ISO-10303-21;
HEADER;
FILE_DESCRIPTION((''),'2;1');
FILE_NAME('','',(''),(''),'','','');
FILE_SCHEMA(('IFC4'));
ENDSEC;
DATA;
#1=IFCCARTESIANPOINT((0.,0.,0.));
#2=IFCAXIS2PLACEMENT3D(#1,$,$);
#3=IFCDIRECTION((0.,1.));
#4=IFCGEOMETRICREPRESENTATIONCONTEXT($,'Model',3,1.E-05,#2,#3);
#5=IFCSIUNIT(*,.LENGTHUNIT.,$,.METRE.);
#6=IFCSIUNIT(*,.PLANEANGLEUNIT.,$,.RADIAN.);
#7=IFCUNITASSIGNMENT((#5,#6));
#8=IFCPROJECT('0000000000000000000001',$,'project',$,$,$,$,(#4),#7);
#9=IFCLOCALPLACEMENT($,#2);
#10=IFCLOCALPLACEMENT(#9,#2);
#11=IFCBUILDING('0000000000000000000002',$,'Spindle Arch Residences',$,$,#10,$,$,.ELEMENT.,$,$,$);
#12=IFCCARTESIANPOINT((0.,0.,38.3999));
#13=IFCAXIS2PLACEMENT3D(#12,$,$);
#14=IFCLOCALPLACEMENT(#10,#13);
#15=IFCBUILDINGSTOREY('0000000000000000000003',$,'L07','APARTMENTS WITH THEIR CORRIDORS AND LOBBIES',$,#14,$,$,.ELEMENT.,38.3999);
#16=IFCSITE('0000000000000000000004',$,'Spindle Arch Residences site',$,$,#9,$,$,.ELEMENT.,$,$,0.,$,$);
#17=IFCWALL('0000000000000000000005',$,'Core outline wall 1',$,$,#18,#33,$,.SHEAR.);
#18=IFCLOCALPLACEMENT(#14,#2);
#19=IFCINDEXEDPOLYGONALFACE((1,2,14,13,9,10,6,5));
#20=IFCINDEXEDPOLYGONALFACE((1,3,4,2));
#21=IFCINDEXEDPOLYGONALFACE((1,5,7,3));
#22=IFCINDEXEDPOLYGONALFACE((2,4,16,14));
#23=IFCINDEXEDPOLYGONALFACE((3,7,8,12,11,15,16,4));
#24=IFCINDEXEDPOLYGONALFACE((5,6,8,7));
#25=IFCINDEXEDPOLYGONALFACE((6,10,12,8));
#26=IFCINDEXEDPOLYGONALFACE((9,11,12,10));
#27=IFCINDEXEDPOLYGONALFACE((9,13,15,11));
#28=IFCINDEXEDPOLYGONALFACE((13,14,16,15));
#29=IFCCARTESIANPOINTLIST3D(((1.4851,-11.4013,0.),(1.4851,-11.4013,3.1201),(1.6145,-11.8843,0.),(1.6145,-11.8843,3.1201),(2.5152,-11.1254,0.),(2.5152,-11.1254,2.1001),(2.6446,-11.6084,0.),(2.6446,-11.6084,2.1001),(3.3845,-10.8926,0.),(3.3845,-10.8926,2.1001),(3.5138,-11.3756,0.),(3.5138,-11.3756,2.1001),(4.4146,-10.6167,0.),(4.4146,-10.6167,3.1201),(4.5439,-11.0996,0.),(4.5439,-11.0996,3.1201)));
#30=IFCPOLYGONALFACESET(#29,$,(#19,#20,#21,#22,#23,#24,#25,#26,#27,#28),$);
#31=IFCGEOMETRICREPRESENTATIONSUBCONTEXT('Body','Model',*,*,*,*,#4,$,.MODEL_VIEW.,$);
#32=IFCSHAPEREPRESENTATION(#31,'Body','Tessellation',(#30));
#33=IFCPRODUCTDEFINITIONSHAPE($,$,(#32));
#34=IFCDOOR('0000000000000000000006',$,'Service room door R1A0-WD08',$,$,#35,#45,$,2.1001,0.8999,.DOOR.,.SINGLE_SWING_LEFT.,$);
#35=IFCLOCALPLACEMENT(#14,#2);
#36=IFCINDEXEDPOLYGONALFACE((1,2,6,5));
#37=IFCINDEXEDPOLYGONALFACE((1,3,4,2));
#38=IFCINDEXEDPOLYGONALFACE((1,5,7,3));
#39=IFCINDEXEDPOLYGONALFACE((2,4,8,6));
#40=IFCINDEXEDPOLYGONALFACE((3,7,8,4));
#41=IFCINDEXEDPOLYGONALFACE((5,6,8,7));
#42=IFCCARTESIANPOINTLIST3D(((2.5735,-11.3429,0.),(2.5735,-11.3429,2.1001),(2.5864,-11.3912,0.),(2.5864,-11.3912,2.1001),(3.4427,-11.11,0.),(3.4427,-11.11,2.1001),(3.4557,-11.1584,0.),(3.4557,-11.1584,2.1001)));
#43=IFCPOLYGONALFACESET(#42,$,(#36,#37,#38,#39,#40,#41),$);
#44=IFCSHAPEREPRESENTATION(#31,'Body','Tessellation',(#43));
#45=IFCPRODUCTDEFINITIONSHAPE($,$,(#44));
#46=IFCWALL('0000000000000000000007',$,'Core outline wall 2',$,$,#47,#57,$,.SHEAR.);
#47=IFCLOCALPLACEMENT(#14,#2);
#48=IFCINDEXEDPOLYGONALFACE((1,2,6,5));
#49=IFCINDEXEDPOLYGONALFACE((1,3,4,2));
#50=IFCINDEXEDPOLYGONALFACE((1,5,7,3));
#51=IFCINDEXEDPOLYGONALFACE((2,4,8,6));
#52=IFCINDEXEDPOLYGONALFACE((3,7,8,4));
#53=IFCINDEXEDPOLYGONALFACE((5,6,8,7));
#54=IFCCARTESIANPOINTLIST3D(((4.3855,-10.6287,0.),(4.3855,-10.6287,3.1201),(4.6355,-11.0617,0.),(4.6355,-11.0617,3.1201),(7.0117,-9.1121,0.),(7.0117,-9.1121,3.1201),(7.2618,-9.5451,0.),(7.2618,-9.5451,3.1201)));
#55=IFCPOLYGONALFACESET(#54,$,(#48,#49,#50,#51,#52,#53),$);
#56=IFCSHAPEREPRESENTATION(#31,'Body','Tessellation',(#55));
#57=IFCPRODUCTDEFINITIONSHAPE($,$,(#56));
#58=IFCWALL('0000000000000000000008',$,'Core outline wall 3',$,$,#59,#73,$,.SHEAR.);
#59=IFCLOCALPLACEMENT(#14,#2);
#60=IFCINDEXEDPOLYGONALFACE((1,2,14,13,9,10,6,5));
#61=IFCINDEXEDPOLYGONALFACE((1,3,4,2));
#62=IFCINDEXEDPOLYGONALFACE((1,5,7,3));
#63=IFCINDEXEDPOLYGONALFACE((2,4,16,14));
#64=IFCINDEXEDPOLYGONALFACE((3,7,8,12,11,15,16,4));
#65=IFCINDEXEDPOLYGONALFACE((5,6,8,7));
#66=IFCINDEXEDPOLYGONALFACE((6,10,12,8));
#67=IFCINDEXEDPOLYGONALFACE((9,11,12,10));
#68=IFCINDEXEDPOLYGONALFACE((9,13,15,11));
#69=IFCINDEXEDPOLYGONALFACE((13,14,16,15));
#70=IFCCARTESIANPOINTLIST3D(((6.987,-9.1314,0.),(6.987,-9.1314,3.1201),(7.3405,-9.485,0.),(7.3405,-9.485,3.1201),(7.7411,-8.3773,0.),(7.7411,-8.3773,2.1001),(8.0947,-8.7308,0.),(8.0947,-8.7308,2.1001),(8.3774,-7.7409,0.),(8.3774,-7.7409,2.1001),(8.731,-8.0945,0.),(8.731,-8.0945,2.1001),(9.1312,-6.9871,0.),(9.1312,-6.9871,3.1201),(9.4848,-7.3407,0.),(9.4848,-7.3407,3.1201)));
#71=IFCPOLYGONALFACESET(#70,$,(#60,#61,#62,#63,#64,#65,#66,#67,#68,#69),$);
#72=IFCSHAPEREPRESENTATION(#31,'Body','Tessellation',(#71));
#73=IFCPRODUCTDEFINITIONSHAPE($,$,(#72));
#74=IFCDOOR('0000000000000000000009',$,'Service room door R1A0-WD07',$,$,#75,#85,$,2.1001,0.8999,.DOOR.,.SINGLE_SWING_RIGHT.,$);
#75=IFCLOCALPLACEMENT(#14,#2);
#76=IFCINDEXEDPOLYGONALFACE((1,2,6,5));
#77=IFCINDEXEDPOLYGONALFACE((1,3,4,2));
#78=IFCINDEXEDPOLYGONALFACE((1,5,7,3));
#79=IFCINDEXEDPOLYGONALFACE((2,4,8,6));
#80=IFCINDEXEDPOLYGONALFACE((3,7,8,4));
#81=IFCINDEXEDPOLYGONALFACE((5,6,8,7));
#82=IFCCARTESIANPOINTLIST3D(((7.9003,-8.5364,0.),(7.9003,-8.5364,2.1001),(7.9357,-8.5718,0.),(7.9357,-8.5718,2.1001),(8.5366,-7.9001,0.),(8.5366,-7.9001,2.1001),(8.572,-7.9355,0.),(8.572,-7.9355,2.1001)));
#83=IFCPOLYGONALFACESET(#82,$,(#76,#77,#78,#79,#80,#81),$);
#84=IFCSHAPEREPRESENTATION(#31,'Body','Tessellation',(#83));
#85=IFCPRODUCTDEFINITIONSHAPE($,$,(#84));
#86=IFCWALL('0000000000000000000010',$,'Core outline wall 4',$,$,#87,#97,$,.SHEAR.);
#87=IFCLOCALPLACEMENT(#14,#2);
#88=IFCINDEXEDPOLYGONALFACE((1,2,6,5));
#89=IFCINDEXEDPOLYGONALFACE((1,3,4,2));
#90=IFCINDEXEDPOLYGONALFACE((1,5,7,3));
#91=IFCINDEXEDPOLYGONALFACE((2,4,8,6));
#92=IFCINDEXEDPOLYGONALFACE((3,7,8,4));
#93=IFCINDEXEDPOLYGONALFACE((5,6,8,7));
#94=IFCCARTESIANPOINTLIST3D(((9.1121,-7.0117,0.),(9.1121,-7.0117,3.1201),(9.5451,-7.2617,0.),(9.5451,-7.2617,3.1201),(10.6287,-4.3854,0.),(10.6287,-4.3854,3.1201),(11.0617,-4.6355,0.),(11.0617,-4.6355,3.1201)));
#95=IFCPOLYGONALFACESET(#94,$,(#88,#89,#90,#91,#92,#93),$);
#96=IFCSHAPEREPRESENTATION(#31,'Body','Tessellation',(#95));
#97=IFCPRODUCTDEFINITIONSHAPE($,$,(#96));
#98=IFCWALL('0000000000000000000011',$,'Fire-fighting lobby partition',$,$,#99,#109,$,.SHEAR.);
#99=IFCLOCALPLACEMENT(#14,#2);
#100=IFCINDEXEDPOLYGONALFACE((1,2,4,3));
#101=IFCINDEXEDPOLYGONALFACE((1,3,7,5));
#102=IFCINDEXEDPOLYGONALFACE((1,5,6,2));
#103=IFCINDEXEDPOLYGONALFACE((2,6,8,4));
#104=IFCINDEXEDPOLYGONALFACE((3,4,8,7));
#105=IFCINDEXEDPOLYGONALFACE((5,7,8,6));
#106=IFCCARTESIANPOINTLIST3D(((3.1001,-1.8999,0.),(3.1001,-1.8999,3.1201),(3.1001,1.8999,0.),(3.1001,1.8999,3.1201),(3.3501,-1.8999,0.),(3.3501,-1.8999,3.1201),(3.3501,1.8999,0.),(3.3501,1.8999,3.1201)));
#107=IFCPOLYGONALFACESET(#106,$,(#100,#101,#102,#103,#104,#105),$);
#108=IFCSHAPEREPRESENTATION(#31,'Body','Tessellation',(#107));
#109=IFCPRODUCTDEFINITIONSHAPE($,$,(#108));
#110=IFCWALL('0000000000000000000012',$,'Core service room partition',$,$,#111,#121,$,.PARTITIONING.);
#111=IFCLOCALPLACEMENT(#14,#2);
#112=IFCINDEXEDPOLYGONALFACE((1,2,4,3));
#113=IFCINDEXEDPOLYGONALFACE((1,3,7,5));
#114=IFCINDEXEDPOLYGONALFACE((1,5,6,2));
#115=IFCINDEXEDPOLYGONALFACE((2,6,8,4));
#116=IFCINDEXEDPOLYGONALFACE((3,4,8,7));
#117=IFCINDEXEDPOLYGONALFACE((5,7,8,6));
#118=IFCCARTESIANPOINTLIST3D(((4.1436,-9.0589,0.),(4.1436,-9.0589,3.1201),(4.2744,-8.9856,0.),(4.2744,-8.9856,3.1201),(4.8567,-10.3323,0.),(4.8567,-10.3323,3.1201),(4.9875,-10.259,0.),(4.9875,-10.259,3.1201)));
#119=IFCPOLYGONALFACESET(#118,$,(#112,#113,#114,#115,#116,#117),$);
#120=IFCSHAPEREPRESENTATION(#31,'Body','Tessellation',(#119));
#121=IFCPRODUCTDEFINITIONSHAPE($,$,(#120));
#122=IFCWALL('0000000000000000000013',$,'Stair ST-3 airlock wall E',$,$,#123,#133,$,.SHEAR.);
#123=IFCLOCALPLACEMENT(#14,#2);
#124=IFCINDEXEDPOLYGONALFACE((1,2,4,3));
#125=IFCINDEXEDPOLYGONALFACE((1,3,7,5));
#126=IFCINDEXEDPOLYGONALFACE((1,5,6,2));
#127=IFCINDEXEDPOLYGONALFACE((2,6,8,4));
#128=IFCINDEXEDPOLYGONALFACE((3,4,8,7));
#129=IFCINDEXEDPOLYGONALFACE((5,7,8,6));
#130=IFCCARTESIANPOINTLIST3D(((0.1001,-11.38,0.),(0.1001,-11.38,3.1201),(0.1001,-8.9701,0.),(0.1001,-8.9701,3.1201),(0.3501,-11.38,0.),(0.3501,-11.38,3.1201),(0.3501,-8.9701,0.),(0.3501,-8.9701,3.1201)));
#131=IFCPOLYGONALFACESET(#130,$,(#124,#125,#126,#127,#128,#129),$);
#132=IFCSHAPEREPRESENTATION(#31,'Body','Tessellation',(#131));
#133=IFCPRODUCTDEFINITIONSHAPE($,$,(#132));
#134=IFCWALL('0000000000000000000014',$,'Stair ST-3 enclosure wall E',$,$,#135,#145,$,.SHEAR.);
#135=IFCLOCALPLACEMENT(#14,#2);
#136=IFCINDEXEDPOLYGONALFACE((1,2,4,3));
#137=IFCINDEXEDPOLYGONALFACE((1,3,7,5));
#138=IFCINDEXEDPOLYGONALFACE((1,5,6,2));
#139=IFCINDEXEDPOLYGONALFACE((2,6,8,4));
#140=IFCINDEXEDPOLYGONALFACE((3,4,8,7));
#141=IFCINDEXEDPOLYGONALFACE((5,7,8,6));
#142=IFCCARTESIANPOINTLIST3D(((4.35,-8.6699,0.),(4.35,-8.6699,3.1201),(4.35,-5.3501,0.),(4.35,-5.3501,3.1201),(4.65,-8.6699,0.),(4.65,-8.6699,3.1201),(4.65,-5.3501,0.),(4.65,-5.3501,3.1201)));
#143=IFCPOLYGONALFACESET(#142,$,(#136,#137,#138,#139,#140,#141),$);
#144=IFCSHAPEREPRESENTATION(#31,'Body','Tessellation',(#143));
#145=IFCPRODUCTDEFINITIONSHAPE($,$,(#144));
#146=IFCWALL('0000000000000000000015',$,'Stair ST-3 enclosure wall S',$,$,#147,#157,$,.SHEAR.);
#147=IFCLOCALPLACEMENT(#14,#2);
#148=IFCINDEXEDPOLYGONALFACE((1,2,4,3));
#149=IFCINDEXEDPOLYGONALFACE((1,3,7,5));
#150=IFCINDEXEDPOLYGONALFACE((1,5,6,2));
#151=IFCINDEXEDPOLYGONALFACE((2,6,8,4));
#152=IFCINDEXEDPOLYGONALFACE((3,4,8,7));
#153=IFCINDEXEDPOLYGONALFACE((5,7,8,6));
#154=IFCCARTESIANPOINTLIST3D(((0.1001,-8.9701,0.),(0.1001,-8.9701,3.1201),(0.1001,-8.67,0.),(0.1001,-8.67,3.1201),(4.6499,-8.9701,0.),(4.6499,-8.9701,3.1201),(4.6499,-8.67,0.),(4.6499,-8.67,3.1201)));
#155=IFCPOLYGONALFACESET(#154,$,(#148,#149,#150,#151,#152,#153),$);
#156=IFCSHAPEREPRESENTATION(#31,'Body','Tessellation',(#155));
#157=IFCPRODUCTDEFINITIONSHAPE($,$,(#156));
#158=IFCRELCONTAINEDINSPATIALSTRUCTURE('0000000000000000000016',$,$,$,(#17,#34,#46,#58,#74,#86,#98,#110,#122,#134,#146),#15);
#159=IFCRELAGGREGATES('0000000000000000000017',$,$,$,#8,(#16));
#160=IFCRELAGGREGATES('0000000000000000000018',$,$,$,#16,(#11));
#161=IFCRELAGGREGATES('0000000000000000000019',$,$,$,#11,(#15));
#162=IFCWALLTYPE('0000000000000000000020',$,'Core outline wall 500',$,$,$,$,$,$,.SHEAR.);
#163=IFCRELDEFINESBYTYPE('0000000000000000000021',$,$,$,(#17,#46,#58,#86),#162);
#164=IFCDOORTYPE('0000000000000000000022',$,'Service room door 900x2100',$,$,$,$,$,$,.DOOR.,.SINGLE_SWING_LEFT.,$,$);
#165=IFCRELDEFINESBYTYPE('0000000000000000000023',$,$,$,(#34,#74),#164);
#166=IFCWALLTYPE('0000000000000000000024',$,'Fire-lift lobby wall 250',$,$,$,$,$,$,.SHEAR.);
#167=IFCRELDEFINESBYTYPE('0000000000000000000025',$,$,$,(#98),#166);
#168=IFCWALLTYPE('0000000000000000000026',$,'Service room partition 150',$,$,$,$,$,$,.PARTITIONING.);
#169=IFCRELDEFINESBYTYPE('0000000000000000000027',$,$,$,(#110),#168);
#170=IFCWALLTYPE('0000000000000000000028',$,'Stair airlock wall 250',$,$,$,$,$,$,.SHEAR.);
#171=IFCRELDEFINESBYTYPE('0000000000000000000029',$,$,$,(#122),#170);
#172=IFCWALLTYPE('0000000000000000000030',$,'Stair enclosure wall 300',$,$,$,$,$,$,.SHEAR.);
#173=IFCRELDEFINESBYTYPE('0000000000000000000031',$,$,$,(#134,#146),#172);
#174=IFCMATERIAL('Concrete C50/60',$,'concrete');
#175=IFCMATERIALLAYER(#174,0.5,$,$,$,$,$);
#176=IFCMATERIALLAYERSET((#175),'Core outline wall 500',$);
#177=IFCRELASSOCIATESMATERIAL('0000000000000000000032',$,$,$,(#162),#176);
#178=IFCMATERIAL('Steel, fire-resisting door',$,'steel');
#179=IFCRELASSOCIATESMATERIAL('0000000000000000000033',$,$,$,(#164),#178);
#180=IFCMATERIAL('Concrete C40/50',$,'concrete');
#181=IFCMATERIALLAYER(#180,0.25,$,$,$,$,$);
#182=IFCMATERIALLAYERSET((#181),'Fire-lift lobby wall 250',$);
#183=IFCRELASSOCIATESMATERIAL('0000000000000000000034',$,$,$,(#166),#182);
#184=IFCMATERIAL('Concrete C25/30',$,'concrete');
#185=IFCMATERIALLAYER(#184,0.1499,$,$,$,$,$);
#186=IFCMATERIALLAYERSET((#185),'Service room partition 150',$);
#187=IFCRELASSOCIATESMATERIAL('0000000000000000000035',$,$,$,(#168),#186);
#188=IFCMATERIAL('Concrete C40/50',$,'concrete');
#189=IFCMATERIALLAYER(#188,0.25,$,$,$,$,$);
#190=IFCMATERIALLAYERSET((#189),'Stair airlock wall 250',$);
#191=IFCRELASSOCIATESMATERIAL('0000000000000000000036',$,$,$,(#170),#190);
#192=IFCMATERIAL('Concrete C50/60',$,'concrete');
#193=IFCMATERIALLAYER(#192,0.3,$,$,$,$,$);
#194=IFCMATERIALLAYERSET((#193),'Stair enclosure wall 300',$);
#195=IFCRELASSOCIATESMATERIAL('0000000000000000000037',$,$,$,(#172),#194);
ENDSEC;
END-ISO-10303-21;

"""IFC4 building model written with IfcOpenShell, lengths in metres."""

from ifc_helpers import new_model, si_unit, direction, frame, frame_2d, origin, place, context, subcontext, project, spatial, rectangle, extrude, material, layer, layer_set, type_object, element, fill, save


model = new_model("IFC4")

# Units and contexts
model_context = context("Model", 3, precision=1e-05, world=origin(), true_north=direction((0.0, 1.0)))
body_context = subcontext(model_context, "Body", "Model", "MODEL_VIEW")
ifc_project = project(units=[si_unit("LENGTHUNIT", "METRE"), si_unit("PLANEANGLEUNIT", "RADIAN")], contexts=[model_context])

# Site, building, storey
site_placement = place(None, origin())
site = spatial("IfcSite", under=ifc_project, at=site_placement, Name="Spindle Arch Residences site", CompositionType="ELEMENT", RefElevation=0.0)
building_placement = place(site_placement, origin())
building = spatial("IfcBuilding", under=site, at=building_placement, Name="Spindle Arch Residences", CompositionType="ELEMENT")
storey_placement = place(building_placement, frame((0.0, 0.0, 38.3999)))
storey = spatial("IfcBuildingStorey", under=building, at=storey_placement, Name="L07", Description="APARTMENTS WITH THEIR CORRIDORS AND LOBBIES", CompositionType="ELEMENT", Elevation=38.3999)

# Wall, opening, door
ifc_material_1 = material(Name="Concrete C50/60", Category="concrete")
ifc_layer_1 = layer(ifc_material_1, 0.5)
ifc_layer_set_1 = layer_set([ifc_layer_1], Name="Core outline wall 500")
wall_type_1 = type_object("IfcWallType", Name="Core outline wall 500", PredefinedType="SHEAR", material=ifc_layer_set_1)
wall_1_placement = place(storey_placement, frame((1.5498, -11.6428, 0.0), z_axis=(0.0, 0.0, 1.0), x_axis=(0.965948, 0.258735, 0.0)))
wall_1 = element("IfcWall", 1, at=wall_1_placement, inside=storey, type_object=wall_type_1, Name="Core outline wall 1", PredefinedType="SHEAR", context=body_context, shape_type="SweptSolid", body=[
    extrude(rectangle(XDim=3.0327, YDim=0.5, at=frame_2d((1.5164, 0.0))), origin(), (0.0, 0.0, 1.0), 3.1201),
])
opening_1_placement = place(wall_1_placement, frame((1.0664, 0.0, 0.0)))
opening_1 = element("IfcOpeningElement", 2, at=opening_1_placement, cuts=wall_1, PredefinedType="OPENING", context=body_context, shape_type="SweptSolid", body=[
    extrude(rectangle(XDim=0.8999, YDim=2.1001, at=frame_2d((0.45, 1.05))), frame((0.0, 0.26, 0.0), z_axis=(0.0, -1.0, 0.0), x_axis=(1.0, 0.0, 0.0)), (0.0, 0.0, 1.0), 0.52),
])
ifc_material_2 = material(Name="Steel, fire-resisting door", Category="steel")
door_type_1 = type_object("IfcDoorType", Name="Service room door 900x2100", OperationType="SINGLE_SWING_LEFT", PredefinedType="DOOR", material=ifc_material_2)
door_1_placement = place(opening_1_placement, origin())
door_1 = element("IfcDoor", 3, at=door_1_placement, inside=storey, type_object=door_type_1, Name="Service room door R1A0-WD08", OperationType="SINGLE_SWING_LEFT", OverallHeight=2.1001, OverallWidth=0.8999, PredefinedType="DOOR", context=body_context, shape_type="SweptSolid", body=[
    extrude(rectangle(XDim=0.8999, YDim=2.1001, at=frame_2d((0.45, 1.05))), frame((0.0, 0.0249, 0.0), z_axis=(0.0, -1.0, 0.0), x_axis=(1.0, 0.0, 0.0)), (0.0, 0.0, 1.0), 0.05),
])
fill(opening_1, door_1)

# Wall
wall_2_placement = place(storey_placement, frame((4.5105, -10.8452, 0.0), z_axis=(0.0, 0.0, 1.0), x_axis=(0.865975, 0.500087, 0.0)))
element("IfcWall", 4, at=wall_2_placement, inside=storey, type_object=wall_type_1, Name="Core outline wall 2", PredefinedType="SHEAR", context=body_context, shape_type="SweptSolid", body=[
    extrude(rectangle(XDim=3.0327, YDim=0.5, at=frame_2d((1.5164, 0.0))), origin(), (0.0, 0.0, 1.0), 3.1201),
])

# Wall, opening, door
wall_3_placement = place(storey_placement, frame((7.1638, -9.3081, 0.0), z_axis=(0.0, 0.0, 1.0), x_axis=(0.707107, 0.707107, 0.0)))
wall_3 = element("IfcWall", 5, at=wall_3_placement, inside=storey, type_object=wall_type_1, Name="Core outline wall 3", PredefinedType="SHEAR", context=body_context, shape_type="SweptSolid", body=[
    extrude(rectangle(XDim=3.0325, YDim=0.5, at=frame_2d((1.5161, 0.0))), origin(), (0.0, 0.0, 1.0), 3.1201),
])
opening_2_placement = place(wall_3_placement, frame((1.0664, 0.0, 0.0)))
opening_2 = element("IfcOpeningElement", 6, at=opening_2_placement, cuts=wall_3, PredefinedType="OPENING", context=body_context, shape_type="SweptSolid", body=[
    extrude(rectangle(XDim=0.8999, YDim=2.1001, at=frame_2d((0.45, 1.05))), frame((0.0, 0.26, 0.0), z_axis=(0.0, -1.0, 0.0), x_axis=(1.0, 0.0, 0.0)), (0.0, 0.0, 1.0), 0.52),
])
door_2_placement = place(opening_2_placement, origin())
door_2 = element("IfcDoor", 7, at=door_2_placement, inside=storey, type_object=door_type_1, Name="Service room door R1A0-WD07", OperationType="SINGLE_SWING_RIGHT", OverallHeight=2.1001, OverallWidth=0.8999, PredefinedType="DOOR", context=body_context, shape_type="SweptSolid", body=[
    extrude(rectangle(XDim=0.8999, YDim=2.1001, at=frame_2d((0.45, 1.05))), frame((0.0, 0.0249, 0.0), z_axis=(0.0, -1.0, 0.0), x_axis=(1.0, 0.0, 0.0)), (0.0, 0.0, 1.0), 0.05),
])
fill(opening_2, door_2)

# Walls
wall_4_placement = place(storey_placement, frame((9.3286, -7.1367, 0.0), z_axis=(0.0, 0.0, 1.0), x_axis=(0.500087, 0.865975, 0.0)))
element("IfcWall", 8, at=wall_4_placement, inside=storey, type_object=wall_type_1, Name="Core outline wall 4", PredefinedType="SHEAR", context=body_context, shape_type="SweptSolid", body=[
    extrude(rectangle(XDim=3.0327, YDim=0.5, at=frame_2d((1.5164, 0.0))), origin(), (0.0, 0.0, 1.0), 3.1201),
])
ifc_material_3 = material(Name="Concrete C40/50", Category="concrete")
ifc_layer_2 = layer(ifc_material_3, 0.25)
ifc_layer_set_2 = layer_set([ifc_layer_2], Name="Fire-lift lobby wall 250")
wall_type_2 = type_object("IfcWallType", Name="Fire-lift lobby wall 250", PredefinedType="SHEAR", material=ifc_layer_set_2)
wall_5_placement = place(storey_placement, frame((3.2251, -1.8999, 0.0), z_axis=(0.0, 0.0, 1.0), x_axis=(0.0, 1.0, 0.0)))
element("IfcWall", 9, at=wall_5_placement, inside=storey, type_object=wall_type_2, Name="Fire-fighting lobby partition", PredefinedType="SHEAR", context=body_context, shape_type="SweptSolid", body=[
    extrude(rectangle(XDim=3.7998, YDim=0.25, at=frame_2d((1.8999, 0.0))), origin(), (0.0, 0.0, 1.0), 3.1201),
])

# Walls
ifc_material_4 = material(Name="Concrete C25/30", Category="concrete")
ifc_layer_3 = layer(ifc_material_4, 0.1499)
ifc_layer_set_3 = layer_set([ifc_layer_3], Name="Service room partition 150")
wall_type_3 = type_object("IfcWallType", Name="Service room partition 150", PredefinedType="PARTITIONING", material=ifc_layer_set_3)
wall_6_placement = place(storey_placement, frame((4.9221, -10.2957, 0.0), z_axis=(0.0, 0.0, 1.0), x_axis=(-0.488608, 0.872503, 0.0)))
element("IfcWall", 10, at=wall_6_placement, inside=storey, type_object=wall_type_3, Name="Core service room partition", PredefinedType="PARTITIONING", context=body_context, shape_type="SweptSolid", body=[
    extrude(rectangle(XDim=1.4595, YDim=0.1499, at=frame_2d((0.7297, 0.0))), origin(), (0.0, 0.0, 1.0), 3.1201),
])
ifc_material_5 = material(Name="Concrete C40/50", Category="concrete")
ifc_layer_4 = layer(ifc_material_5, 0.25)
ifc_layer_set_4 = layer_set([ifc_layer_4], Name="Stair airlock wall 250")
wall_type_4 = type_object("IfcWallType", Name="Stair airlock wall 250", PredefinedType="SHEAR", material=ifc_layer_set_4)
wall_7_placement = place(storey_placement, frame((0.2251, -8.97, 0.0), z_axis=(0.0, 0.0, 1.0), x_axis=(0.0, -1.0, 0.0)))
element("IfcWall", 11, at=wall_7_placement, inside=storey, type_object=wall_type_4, Name="Stair ST-3 airlock wall E", PredefinedType="SHEAR", context=body_context, shape_type="SweptSolid", body=[
    extrude(rectangle(XDim=2.4099, YDim=0.25, at=frame_2d((1.2051, 0.0))), origin(), (0.0, 0.0, 1.0), 3.1201),
])
ifc_material_6 = material(Name="Concrete C50/60", Category="concrete")
ifc_layer_5 = layer(ifc_material_6, 0.3)
ifc_layer_set_5 = layer_set([ifc_layer_5], Name="Stair enclosure wall 300")
wall_type_5 = type_object("IfcWallType", Name="Stair enclosure wall 300", PredefinedType="SHEAR", material=ifc_layer_set_5)
wall_8_placement = place(storey_placement, frame((4.5, -8.6699, 0.0), z_axis=(0.0, 0.0, 1.0), x_axis=(0.0, 1.0, 0.0)))
element("IfcWall", 12, at=wall_8_placement, inside=storey, type_object=wall_type_5, Name="Stair ST-3 enclosure wall E", PredefinedType="SHEAR", context=body_context, shape_type="SweptSolid", body=[
    extrude(rectangle(XDim=3.3198, YDim=0.3, at=frame_2d((1.6599, 0.0))), origin(), (0.0, 0.0, 1.0), 3.1201),
])
wall_9_placement = place(storey_placement, frame((0.1001, -8.8201, 0.0), z_axis=(0.0, 0.0, 1.0), x_axis=(1.0, 0.0, 0.0)))
element("IfcWall", 13, at=wall_9_placement, inside=storey, type_object=wall_type_5, Name="Stair ST-3 enclosure wall S", PredefinedType="SHEAR", context=body_context, shape_type="SweptSolid", body=[
    extrude(rectangle(XDim=4.5498, YDim=0.3, at=frame_2d((2.2749, 0.0))), origin(), (0.0, 0.0, 1.0), 3.1201),
])

save(model, "model.ifc")
